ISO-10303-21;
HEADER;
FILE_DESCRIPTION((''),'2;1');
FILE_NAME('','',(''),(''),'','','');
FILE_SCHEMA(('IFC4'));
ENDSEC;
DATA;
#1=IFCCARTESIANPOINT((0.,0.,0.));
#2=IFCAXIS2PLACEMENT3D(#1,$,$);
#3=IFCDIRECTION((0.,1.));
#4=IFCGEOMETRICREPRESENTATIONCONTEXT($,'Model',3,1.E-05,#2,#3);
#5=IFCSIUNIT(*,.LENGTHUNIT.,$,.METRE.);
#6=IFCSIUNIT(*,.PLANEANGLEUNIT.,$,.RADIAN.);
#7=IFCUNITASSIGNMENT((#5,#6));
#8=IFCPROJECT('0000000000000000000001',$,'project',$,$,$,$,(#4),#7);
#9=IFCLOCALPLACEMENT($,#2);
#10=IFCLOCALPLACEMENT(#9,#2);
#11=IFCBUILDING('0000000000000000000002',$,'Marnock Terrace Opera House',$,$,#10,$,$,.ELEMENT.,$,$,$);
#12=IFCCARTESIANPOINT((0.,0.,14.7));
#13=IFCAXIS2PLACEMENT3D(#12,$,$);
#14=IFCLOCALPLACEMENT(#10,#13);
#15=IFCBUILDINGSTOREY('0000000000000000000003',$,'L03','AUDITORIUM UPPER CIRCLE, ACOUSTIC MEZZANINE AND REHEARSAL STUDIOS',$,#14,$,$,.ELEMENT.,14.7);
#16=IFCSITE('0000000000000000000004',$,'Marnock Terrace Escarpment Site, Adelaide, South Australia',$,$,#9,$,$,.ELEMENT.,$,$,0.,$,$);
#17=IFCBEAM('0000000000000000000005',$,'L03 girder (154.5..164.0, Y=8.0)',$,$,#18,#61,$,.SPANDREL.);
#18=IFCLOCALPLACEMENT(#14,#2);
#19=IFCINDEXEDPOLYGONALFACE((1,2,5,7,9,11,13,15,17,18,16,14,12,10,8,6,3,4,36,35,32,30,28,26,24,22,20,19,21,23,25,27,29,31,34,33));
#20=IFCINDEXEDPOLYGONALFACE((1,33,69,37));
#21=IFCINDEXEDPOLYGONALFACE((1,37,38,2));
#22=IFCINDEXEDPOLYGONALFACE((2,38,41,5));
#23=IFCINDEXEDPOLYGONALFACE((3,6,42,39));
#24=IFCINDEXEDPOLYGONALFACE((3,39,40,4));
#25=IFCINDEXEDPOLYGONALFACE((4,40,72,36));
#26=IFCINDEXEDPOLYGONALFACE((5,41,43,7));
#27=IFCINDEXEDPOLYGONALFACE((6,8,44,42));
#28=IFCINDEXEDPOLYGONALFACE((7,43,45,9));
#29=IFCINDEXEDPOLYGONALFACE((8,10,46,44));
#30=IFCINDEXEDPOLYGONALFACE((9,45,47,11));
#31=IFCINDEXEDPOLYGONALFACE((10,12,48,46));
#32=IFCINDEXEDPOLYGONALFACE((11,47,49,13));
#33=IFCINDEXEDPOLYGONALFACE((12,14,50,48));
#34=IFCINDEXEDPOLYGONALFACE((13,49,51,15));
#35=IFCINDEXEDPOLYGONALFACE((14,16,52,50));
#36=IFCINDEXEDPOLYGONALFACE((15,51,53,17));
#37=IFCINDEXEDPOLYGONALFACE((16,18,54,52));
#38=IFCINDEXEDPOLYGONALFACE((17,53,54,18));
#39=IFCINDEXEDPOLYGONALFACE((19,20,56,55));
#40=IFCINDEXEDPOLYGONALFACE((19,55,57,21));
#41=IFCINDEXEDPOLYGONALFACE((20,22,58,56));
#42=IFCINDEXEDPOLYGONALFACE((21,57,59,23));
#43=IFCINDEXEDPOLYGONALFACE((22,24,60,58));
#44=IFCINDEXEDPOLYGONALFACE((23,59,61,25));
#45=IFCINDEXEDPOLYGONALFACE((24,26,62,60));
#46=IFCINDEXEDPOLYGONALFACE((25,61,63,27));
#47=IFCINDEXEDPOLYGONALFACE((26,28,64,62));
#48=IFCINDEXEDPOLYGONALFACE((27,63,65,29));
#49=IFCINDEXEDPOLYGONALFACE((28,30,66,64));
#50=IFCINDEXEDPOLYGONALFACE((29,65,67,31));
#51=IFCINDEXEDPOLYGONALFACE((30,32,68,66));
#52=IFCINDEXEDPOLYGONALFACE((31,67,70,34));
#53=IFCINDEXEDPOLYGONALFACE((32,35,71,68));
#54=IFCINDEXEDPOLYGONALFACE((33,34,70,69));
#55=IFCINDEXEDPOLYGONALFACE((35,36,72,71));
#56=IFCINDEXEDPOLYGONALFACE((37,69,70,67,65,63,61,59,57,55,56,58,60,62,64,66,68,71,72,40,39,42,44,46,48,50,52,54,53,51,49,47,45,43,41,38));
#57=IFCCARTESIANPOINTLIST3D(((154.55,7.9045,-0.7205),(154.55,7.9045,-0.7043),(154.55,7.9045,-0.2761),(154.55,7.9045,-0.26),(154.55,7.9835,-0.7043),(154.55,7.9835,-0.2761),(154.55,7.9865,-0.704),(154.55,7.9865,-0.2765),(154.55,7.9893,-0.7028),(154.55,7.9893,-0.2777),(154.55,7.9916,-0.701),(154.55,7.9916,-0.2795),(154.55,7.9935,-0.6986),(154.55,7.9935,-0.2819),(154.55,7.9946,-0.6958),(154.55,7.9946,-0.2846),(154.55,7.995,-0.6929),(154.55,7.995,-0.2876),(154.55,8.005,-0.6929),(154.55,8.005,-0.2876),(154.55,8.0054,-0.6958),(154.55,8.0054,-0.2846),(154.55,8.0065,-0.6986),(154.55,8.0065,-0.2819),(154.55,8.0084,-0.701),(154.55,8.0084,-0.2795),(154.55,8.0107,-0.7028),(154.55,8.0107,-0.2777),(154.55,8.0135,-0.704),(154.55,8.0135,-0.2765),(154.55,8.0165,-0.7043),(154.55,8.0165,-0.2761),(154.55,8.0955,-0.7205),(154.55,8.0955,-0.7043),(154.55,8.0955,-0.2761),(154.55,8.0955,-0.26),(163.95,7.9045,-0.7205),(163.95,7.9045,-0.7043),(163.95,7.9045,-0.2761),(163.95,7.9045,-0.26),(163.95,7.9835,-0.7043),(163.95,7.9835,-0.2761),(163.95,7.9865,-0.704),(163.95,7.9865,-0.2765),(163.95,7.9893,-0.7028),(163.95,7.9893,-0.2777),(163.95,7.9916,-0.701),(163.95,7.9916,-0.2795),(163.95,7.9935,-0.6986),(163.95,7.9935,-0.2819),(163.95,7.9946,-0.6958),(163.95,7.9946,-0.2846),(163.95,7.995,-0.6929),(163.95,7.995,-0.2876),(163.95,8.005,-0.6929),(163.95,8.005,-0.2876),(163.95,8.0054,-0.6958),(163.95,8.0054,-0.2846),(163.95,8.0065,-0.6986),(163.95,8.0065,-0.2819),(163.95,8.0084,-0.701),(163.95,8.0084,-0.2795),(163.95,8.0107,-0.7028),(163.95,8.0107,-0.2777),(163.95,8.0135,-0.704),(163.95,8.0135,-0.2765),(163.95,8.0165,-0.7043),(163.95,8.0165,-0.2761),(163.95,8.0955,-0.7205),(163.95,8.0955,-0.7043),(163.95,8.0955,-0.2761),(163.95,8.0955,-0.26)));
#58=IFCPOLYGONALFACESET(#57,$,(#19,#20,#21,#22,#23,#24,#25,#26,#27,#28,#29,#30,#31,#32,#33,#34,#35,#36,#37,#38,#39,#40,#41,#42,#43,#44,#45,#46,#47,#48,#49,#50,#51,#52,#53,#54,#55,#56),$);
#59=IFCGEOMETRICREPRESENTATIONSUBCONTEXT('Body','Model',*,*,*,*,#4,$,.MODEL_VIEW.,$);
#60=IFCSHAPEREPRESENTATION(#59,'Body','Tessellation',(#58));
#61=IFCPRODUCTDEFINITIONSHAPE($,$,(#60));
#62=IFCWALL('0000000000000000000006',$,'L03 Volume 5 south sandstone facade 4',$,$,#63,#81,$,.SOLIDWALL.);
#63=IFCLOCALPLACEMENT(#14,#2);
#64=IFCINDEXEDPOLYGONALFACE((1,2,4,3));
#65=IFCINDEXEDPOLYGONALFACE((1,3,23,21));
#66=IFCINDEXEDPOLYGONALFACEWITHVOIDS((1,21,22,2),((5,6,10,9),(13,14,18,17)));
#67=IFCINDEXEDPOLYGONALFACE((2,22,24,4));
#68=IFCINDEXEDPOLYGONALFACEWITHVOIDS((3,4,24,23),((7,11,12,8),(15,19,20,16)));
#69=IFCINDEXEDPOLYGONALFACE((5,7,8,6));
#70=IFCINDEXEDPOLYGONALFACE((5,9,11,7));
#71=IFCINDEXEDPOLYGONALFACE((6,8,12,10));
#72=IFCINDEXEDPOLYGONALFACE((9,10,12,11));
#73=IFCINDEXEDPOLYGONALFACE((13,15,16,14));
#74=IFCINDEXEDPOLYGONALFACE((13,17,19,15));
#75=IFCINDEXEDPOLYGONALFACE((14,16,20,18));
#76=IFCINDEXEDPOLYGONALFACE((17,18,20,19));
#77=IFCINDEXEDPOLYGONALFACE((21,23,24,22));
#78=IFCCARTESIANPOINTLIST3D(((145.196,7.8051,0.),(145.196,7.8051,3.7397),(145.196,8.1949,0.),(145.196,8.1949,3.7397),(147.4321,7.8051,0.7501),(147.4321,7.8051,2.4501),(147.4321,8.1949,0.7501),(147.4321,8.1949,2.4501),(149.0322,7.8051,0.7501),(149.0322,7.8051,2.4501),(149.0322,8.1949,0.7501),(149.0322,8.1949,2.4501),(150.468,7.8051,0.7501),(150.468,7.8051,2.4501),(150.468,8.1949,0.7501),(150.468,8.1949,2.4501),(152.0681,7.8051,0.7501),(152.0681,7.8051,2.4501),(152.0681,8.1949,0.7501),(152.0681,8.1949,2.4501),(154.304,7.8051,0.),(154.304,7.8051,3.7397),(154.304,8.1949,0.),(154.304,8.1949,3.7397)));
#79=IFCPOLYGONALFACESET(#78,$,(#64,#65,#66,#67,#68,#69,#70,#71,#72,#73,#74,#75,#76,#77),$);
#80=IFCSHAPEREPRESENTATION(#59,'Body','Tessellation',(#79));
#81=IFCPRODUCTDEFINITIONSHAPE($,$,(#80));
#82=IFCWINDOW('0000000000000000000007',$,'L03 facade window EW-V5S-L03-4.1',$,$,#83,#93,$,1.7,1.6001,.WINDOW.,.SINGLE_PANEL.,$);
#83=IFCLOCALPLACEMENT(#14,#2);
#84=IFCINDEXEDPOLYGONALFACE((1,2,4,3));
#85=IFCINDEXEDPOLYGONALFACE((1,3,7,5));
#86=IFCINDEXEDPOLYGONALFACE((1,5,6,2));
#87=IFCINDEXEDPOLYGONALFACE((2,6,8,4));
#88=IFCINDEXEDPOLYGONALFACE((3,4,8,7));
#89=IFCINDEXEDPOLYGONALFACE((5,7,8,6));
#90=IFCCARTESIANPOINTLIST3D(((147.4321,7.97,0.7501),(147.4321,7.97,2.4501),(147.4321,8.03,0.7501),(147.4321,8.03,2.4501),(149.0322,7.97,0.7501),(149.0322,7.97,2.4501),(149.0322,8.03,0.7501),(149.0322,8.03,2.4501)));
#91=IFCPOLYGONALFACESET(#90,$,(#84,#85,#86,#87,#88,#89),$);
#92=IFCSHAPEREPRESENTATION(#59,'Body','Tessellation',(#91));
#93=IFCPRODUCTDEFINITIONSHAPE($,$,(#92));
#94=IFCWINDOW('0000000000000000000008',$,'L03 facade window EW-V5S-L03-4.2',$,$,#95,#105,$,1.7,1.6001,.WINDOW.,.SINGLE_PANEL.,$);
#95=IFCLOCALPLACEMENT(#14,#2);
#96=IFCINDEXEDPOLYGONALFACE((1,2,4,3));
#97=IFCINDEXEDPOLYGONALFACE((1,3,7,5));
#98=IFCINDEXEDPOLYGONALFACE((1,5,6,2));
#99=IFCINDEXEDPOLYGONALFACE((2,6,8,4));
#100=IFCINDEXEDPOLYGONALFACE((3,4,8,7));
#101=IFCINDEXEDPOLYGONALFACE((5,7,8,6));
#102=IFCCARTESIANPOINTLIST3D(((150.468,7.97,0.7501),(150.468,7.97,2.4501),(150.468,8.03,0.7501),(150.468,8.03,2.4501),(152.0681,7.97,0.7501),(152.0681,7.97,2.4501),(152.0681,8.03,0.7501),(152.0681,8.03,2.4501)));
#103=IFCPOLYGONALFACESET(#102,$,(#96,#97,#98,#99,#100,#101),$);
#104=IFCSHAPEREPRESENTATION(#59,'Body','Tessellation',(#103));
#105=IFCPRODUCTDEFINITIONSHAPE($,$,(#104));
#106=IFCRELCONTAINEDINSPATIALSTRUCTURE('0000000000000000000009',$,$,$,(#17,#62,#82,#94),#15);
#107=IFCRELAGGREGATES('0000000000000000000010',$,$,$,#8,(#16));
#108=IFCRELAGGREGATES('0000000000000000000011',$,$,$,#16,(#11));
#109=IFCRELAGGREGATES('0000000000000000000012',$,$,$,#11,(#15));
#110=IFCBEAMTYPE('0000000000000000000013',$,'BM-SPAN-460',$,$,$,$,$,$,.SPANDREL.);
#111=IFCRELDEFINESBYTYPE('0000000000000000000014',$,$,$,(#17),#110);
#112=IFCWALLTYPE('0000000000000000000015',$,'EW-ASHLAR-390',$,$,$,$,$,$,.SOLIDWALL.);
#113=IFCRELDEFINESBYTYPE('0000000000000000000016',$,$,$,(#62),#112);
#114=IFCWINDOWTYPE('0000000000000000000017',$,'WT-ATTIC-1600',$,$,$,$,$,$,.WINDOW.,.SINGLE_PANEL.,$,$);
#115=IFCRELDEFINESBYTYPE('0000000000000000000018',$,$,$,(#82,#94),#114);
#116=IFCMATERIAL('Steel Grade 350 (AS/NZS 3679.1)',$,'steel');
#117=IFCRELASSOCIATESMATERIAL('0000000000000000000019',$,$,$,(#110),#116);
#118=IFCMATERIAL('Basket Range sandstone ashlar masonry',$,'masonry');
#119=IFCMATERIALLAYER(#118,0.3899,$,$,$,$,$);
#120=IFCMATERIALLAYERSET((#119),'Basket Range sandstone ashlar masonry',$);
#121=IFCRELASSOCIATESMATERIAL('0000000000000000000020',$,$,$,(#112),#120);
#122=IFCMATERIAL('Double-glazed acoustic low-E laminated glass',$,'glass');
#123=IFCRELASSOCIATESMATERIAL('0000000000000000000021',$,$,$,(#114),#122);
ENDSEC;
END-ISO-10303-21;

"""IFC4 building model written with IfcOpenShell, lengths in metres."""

from ifc_helpers import new_model, si_unit, direction, frame, frame_2d, origin, origin_2d, place, context, subcontext, project, spatial, rectangle, i_section, extrude, material, layer, layer_set, material_profile, profile_set, type_object, element, fill, save


model = new_model("IFC4")

# Units and contexts
model_context = context("Model", 3, precision=1e-05, world=origin(), true_north=direction((0.0, 1.0)))
body_context = subcontext(model_context, "Body", "Model", "MODEL_VIEW")
ifc_project = project(units=[si_unit("LENGTHUNIT", "METRE"), si_unit("PLANEANGLEUNIT", "RADIAN")], contexts=[model_context])

# Site, building, storey
site_placement = place(None, origin())
site = spatial("IfcSite", under=ifc_project, at=site_placement, Name="Marnock Terrace Escarpment Site, Adelaide, South Australia", CompositionType="ELEMENT", RefElevation=0.0)
building_placement = place(site_placement, origin())
building = spatial("IfcBuilding", under=site, at=building_placement, Name="Marnock Terrace Opera House", CompositionType="ELEMENT")
storey_placement = place(building_placement, frame((0.0, 0.0, 14.7)))
storey = spatial("IfcBuildingStorey", under=building, at=storey_placement, Name="L03", Description="AUDITORIUM UPPER CIRCLE, ACOUSTIC MEZZANINE AND REHEARSAL STUDIOS", CompositionType="ELEMENT", Elevation=14.7)

# Beam
ifc_material_1 = material(Name="Steel Grade 350 (AS/NZS 3679.1)", Category="steel")
ifc_material_profile_1 = material_profile(ifc_material_1, i_section(OverallWidth=0.1909, OverallDepth=0.4604, WebThickness=0.01, FlangeThickness=0.0161, FilletRadius=0.0115, at=origin_2d()))
ifc_profile_set_1 = profile_set([ifc_material_profile_1], Name="Steel Grade 350 (AS/NZS 3679.1)")
beam_type_1 = type_object("IfcBeamType", Name="BM-SPAN-460", PredefinedType="SPANDREL", material=ifc_profile_set_1)
beam_1_placement = place(storey_placement, frame((154.55, 8.0, -0.4902), z_axis=(1.0, 0.0, 0.0), x_axis=(0.0, 1.0, 0.0)))
element("IfcBeam", 1, at=beam_1_placement, inside=storey, type_object=beam_type_1, Name="L03 girder (154.5..164.0, Y=8.0)", PredefinedType="SPANDREL", context=body_context, shape_type="SweptSolid", body=[
    extrude(i_section(OverallWidth=0.1909, OverallDepth=0.4604, WebThickness=0.01, FlangeThickness=0.0161, FilletRadius=0.0115, at=origin_2d()), origin(), (0.0, 0.0, 1.0), 9.3999),
])

# Wall, openings, windows
ifc_material_2 = material(Name="Basket Range sandstone ashlar masonry", Category="masonry")
ifc_layer = layer(ifc_material_2, 0.3899)
ifc_layer_set = layer_set([ifc_layer], Name="Basket Range sandstone ashlar masonry")
wall_type = type_object("IfcWallType", Name="EW-ASHLAR-390", PredefinedType="SOLIDWALL", material=ifc_layer_set)
wall_placement = place(storey_placement, frame((145.196, 8.0, 0.0), z_axis=(0.0, 0.0, 1.0), x_axis=(1.0, 0.0, 0.0)))
wall = element("IfcWall", 2, at=wall_placement, inside=storey, type_object=wall_type, Name="L03 Volume 5 south sandstone facade 4", PredefinedType="SOLIDWALL", context=body_context, shape_type="SweptSolid", body=[
    extrude(rectangle(XDim=9.1079, YDim=0.3899, at=frame_2d((4.554, 0.0))), origin(), (0.0, 0.0, 1.0), 3.7397),
])
opening_1_placement = place(wall_placement, frame((2.2361, 0.0, 0.75)))
opening_1 = element("IfcOpeningElement", 3, at=opening_1_placement, cuts=wall, PredefinedType="OPENING", context=body_context, shape_type="SweptSolid", body=[
    extrude(rectangle(XDim=1.6001, YDim=1.7, at=frame_2d((0.8, 0.8501))), frame((0.0, 0.2048, 0.0), z_axis=(0.0, -1.0, 0.0), x_axis=(1.0, 0.0, 0.0)), (0.0, 0.0, 1.0), 0.4099),
])
opening_2_placement = place(wall_placement, frame((5.272, 0.0, 0.75)))
opening_2 = element("IfcOpeningElement", 4, at=opening_2_placement, cuts=wall, PredefinedType="OPENING", context=body_context, shape_type="SweptSolid", body=[
    extrude(rectangle(XDim=1.6001, YDim=1.7, at=frame_2d((0.8, 0.8501))), frame((0.0, 0.2048, 0.0), z_axis=(0.0, -1.0, 0.0), x_axis=(1.0, 0.0, 0.0)), (0.0, 0.0, 1.0), 0.4099),
])
ifc_material_3 = material(Name="Double-glazed acoustic low-E laminated glass", Category="glass")
window_type = type_object("IfcWindowType", Name="WT-ATTIC-1600", PartitioningType="SINGLE_PANEL", PredefinedType="WINDOW", material=ifc_material_3)
window_1_placement = place(opening_1_placement, origin())
window_1 = element("IfcWindow", 5, at=window_1_placement, inside=storey, type_object=window_type, Name="L03 facade window EW-V5S-L03-4.1", OverallHeight=1.7, OverallWidth=1.6001, PartitioningType="SINGLE_PANEL", PredefinedType="WINDOW", context=body_context, shape_type="SweptSolid", body=[
    extrude(rectangle(XDim=1.6001, YDim=1.7, at=frame_2d((0.8, 0.8501))), frame((0.0, 0.03, 0.0), z_axis=(0.0, -1.0, 0.0), x_axis=(1.0, 0.0, 0.0)), (0.0, 0.0, 1.0), 0.0601),
])
fill(opening_1, window_1)
window_2_placement = place(opening_2_placement, origin())
window_2 = element("IfcWindow", 6, at=window_2_placement, inside=storey, type_object=window_type, Name="L03 facade window EW-V5S-L03-4.2", OverallHeight=1.7, OverallWidth=1.6001, PartitioningType="SINGLE_PANEL", PredefinedType="WINDOW", context=body_context, shape_type="SweptSolid", body=[
    extrude(rectangle(XDim=1.6001, YDim=1.7, at=frame_2d((0.8, 0.8501))), frame((0.0, 0.03, 0.0), z_axis=(0.0, -1.0, 0.0), x_axis=(1.0, 0.0, 0.0)), (0.0, 0.0, 1.0), 0.0601),
])
fill(opening_2, window_2)

save(model, "model.ifc")
